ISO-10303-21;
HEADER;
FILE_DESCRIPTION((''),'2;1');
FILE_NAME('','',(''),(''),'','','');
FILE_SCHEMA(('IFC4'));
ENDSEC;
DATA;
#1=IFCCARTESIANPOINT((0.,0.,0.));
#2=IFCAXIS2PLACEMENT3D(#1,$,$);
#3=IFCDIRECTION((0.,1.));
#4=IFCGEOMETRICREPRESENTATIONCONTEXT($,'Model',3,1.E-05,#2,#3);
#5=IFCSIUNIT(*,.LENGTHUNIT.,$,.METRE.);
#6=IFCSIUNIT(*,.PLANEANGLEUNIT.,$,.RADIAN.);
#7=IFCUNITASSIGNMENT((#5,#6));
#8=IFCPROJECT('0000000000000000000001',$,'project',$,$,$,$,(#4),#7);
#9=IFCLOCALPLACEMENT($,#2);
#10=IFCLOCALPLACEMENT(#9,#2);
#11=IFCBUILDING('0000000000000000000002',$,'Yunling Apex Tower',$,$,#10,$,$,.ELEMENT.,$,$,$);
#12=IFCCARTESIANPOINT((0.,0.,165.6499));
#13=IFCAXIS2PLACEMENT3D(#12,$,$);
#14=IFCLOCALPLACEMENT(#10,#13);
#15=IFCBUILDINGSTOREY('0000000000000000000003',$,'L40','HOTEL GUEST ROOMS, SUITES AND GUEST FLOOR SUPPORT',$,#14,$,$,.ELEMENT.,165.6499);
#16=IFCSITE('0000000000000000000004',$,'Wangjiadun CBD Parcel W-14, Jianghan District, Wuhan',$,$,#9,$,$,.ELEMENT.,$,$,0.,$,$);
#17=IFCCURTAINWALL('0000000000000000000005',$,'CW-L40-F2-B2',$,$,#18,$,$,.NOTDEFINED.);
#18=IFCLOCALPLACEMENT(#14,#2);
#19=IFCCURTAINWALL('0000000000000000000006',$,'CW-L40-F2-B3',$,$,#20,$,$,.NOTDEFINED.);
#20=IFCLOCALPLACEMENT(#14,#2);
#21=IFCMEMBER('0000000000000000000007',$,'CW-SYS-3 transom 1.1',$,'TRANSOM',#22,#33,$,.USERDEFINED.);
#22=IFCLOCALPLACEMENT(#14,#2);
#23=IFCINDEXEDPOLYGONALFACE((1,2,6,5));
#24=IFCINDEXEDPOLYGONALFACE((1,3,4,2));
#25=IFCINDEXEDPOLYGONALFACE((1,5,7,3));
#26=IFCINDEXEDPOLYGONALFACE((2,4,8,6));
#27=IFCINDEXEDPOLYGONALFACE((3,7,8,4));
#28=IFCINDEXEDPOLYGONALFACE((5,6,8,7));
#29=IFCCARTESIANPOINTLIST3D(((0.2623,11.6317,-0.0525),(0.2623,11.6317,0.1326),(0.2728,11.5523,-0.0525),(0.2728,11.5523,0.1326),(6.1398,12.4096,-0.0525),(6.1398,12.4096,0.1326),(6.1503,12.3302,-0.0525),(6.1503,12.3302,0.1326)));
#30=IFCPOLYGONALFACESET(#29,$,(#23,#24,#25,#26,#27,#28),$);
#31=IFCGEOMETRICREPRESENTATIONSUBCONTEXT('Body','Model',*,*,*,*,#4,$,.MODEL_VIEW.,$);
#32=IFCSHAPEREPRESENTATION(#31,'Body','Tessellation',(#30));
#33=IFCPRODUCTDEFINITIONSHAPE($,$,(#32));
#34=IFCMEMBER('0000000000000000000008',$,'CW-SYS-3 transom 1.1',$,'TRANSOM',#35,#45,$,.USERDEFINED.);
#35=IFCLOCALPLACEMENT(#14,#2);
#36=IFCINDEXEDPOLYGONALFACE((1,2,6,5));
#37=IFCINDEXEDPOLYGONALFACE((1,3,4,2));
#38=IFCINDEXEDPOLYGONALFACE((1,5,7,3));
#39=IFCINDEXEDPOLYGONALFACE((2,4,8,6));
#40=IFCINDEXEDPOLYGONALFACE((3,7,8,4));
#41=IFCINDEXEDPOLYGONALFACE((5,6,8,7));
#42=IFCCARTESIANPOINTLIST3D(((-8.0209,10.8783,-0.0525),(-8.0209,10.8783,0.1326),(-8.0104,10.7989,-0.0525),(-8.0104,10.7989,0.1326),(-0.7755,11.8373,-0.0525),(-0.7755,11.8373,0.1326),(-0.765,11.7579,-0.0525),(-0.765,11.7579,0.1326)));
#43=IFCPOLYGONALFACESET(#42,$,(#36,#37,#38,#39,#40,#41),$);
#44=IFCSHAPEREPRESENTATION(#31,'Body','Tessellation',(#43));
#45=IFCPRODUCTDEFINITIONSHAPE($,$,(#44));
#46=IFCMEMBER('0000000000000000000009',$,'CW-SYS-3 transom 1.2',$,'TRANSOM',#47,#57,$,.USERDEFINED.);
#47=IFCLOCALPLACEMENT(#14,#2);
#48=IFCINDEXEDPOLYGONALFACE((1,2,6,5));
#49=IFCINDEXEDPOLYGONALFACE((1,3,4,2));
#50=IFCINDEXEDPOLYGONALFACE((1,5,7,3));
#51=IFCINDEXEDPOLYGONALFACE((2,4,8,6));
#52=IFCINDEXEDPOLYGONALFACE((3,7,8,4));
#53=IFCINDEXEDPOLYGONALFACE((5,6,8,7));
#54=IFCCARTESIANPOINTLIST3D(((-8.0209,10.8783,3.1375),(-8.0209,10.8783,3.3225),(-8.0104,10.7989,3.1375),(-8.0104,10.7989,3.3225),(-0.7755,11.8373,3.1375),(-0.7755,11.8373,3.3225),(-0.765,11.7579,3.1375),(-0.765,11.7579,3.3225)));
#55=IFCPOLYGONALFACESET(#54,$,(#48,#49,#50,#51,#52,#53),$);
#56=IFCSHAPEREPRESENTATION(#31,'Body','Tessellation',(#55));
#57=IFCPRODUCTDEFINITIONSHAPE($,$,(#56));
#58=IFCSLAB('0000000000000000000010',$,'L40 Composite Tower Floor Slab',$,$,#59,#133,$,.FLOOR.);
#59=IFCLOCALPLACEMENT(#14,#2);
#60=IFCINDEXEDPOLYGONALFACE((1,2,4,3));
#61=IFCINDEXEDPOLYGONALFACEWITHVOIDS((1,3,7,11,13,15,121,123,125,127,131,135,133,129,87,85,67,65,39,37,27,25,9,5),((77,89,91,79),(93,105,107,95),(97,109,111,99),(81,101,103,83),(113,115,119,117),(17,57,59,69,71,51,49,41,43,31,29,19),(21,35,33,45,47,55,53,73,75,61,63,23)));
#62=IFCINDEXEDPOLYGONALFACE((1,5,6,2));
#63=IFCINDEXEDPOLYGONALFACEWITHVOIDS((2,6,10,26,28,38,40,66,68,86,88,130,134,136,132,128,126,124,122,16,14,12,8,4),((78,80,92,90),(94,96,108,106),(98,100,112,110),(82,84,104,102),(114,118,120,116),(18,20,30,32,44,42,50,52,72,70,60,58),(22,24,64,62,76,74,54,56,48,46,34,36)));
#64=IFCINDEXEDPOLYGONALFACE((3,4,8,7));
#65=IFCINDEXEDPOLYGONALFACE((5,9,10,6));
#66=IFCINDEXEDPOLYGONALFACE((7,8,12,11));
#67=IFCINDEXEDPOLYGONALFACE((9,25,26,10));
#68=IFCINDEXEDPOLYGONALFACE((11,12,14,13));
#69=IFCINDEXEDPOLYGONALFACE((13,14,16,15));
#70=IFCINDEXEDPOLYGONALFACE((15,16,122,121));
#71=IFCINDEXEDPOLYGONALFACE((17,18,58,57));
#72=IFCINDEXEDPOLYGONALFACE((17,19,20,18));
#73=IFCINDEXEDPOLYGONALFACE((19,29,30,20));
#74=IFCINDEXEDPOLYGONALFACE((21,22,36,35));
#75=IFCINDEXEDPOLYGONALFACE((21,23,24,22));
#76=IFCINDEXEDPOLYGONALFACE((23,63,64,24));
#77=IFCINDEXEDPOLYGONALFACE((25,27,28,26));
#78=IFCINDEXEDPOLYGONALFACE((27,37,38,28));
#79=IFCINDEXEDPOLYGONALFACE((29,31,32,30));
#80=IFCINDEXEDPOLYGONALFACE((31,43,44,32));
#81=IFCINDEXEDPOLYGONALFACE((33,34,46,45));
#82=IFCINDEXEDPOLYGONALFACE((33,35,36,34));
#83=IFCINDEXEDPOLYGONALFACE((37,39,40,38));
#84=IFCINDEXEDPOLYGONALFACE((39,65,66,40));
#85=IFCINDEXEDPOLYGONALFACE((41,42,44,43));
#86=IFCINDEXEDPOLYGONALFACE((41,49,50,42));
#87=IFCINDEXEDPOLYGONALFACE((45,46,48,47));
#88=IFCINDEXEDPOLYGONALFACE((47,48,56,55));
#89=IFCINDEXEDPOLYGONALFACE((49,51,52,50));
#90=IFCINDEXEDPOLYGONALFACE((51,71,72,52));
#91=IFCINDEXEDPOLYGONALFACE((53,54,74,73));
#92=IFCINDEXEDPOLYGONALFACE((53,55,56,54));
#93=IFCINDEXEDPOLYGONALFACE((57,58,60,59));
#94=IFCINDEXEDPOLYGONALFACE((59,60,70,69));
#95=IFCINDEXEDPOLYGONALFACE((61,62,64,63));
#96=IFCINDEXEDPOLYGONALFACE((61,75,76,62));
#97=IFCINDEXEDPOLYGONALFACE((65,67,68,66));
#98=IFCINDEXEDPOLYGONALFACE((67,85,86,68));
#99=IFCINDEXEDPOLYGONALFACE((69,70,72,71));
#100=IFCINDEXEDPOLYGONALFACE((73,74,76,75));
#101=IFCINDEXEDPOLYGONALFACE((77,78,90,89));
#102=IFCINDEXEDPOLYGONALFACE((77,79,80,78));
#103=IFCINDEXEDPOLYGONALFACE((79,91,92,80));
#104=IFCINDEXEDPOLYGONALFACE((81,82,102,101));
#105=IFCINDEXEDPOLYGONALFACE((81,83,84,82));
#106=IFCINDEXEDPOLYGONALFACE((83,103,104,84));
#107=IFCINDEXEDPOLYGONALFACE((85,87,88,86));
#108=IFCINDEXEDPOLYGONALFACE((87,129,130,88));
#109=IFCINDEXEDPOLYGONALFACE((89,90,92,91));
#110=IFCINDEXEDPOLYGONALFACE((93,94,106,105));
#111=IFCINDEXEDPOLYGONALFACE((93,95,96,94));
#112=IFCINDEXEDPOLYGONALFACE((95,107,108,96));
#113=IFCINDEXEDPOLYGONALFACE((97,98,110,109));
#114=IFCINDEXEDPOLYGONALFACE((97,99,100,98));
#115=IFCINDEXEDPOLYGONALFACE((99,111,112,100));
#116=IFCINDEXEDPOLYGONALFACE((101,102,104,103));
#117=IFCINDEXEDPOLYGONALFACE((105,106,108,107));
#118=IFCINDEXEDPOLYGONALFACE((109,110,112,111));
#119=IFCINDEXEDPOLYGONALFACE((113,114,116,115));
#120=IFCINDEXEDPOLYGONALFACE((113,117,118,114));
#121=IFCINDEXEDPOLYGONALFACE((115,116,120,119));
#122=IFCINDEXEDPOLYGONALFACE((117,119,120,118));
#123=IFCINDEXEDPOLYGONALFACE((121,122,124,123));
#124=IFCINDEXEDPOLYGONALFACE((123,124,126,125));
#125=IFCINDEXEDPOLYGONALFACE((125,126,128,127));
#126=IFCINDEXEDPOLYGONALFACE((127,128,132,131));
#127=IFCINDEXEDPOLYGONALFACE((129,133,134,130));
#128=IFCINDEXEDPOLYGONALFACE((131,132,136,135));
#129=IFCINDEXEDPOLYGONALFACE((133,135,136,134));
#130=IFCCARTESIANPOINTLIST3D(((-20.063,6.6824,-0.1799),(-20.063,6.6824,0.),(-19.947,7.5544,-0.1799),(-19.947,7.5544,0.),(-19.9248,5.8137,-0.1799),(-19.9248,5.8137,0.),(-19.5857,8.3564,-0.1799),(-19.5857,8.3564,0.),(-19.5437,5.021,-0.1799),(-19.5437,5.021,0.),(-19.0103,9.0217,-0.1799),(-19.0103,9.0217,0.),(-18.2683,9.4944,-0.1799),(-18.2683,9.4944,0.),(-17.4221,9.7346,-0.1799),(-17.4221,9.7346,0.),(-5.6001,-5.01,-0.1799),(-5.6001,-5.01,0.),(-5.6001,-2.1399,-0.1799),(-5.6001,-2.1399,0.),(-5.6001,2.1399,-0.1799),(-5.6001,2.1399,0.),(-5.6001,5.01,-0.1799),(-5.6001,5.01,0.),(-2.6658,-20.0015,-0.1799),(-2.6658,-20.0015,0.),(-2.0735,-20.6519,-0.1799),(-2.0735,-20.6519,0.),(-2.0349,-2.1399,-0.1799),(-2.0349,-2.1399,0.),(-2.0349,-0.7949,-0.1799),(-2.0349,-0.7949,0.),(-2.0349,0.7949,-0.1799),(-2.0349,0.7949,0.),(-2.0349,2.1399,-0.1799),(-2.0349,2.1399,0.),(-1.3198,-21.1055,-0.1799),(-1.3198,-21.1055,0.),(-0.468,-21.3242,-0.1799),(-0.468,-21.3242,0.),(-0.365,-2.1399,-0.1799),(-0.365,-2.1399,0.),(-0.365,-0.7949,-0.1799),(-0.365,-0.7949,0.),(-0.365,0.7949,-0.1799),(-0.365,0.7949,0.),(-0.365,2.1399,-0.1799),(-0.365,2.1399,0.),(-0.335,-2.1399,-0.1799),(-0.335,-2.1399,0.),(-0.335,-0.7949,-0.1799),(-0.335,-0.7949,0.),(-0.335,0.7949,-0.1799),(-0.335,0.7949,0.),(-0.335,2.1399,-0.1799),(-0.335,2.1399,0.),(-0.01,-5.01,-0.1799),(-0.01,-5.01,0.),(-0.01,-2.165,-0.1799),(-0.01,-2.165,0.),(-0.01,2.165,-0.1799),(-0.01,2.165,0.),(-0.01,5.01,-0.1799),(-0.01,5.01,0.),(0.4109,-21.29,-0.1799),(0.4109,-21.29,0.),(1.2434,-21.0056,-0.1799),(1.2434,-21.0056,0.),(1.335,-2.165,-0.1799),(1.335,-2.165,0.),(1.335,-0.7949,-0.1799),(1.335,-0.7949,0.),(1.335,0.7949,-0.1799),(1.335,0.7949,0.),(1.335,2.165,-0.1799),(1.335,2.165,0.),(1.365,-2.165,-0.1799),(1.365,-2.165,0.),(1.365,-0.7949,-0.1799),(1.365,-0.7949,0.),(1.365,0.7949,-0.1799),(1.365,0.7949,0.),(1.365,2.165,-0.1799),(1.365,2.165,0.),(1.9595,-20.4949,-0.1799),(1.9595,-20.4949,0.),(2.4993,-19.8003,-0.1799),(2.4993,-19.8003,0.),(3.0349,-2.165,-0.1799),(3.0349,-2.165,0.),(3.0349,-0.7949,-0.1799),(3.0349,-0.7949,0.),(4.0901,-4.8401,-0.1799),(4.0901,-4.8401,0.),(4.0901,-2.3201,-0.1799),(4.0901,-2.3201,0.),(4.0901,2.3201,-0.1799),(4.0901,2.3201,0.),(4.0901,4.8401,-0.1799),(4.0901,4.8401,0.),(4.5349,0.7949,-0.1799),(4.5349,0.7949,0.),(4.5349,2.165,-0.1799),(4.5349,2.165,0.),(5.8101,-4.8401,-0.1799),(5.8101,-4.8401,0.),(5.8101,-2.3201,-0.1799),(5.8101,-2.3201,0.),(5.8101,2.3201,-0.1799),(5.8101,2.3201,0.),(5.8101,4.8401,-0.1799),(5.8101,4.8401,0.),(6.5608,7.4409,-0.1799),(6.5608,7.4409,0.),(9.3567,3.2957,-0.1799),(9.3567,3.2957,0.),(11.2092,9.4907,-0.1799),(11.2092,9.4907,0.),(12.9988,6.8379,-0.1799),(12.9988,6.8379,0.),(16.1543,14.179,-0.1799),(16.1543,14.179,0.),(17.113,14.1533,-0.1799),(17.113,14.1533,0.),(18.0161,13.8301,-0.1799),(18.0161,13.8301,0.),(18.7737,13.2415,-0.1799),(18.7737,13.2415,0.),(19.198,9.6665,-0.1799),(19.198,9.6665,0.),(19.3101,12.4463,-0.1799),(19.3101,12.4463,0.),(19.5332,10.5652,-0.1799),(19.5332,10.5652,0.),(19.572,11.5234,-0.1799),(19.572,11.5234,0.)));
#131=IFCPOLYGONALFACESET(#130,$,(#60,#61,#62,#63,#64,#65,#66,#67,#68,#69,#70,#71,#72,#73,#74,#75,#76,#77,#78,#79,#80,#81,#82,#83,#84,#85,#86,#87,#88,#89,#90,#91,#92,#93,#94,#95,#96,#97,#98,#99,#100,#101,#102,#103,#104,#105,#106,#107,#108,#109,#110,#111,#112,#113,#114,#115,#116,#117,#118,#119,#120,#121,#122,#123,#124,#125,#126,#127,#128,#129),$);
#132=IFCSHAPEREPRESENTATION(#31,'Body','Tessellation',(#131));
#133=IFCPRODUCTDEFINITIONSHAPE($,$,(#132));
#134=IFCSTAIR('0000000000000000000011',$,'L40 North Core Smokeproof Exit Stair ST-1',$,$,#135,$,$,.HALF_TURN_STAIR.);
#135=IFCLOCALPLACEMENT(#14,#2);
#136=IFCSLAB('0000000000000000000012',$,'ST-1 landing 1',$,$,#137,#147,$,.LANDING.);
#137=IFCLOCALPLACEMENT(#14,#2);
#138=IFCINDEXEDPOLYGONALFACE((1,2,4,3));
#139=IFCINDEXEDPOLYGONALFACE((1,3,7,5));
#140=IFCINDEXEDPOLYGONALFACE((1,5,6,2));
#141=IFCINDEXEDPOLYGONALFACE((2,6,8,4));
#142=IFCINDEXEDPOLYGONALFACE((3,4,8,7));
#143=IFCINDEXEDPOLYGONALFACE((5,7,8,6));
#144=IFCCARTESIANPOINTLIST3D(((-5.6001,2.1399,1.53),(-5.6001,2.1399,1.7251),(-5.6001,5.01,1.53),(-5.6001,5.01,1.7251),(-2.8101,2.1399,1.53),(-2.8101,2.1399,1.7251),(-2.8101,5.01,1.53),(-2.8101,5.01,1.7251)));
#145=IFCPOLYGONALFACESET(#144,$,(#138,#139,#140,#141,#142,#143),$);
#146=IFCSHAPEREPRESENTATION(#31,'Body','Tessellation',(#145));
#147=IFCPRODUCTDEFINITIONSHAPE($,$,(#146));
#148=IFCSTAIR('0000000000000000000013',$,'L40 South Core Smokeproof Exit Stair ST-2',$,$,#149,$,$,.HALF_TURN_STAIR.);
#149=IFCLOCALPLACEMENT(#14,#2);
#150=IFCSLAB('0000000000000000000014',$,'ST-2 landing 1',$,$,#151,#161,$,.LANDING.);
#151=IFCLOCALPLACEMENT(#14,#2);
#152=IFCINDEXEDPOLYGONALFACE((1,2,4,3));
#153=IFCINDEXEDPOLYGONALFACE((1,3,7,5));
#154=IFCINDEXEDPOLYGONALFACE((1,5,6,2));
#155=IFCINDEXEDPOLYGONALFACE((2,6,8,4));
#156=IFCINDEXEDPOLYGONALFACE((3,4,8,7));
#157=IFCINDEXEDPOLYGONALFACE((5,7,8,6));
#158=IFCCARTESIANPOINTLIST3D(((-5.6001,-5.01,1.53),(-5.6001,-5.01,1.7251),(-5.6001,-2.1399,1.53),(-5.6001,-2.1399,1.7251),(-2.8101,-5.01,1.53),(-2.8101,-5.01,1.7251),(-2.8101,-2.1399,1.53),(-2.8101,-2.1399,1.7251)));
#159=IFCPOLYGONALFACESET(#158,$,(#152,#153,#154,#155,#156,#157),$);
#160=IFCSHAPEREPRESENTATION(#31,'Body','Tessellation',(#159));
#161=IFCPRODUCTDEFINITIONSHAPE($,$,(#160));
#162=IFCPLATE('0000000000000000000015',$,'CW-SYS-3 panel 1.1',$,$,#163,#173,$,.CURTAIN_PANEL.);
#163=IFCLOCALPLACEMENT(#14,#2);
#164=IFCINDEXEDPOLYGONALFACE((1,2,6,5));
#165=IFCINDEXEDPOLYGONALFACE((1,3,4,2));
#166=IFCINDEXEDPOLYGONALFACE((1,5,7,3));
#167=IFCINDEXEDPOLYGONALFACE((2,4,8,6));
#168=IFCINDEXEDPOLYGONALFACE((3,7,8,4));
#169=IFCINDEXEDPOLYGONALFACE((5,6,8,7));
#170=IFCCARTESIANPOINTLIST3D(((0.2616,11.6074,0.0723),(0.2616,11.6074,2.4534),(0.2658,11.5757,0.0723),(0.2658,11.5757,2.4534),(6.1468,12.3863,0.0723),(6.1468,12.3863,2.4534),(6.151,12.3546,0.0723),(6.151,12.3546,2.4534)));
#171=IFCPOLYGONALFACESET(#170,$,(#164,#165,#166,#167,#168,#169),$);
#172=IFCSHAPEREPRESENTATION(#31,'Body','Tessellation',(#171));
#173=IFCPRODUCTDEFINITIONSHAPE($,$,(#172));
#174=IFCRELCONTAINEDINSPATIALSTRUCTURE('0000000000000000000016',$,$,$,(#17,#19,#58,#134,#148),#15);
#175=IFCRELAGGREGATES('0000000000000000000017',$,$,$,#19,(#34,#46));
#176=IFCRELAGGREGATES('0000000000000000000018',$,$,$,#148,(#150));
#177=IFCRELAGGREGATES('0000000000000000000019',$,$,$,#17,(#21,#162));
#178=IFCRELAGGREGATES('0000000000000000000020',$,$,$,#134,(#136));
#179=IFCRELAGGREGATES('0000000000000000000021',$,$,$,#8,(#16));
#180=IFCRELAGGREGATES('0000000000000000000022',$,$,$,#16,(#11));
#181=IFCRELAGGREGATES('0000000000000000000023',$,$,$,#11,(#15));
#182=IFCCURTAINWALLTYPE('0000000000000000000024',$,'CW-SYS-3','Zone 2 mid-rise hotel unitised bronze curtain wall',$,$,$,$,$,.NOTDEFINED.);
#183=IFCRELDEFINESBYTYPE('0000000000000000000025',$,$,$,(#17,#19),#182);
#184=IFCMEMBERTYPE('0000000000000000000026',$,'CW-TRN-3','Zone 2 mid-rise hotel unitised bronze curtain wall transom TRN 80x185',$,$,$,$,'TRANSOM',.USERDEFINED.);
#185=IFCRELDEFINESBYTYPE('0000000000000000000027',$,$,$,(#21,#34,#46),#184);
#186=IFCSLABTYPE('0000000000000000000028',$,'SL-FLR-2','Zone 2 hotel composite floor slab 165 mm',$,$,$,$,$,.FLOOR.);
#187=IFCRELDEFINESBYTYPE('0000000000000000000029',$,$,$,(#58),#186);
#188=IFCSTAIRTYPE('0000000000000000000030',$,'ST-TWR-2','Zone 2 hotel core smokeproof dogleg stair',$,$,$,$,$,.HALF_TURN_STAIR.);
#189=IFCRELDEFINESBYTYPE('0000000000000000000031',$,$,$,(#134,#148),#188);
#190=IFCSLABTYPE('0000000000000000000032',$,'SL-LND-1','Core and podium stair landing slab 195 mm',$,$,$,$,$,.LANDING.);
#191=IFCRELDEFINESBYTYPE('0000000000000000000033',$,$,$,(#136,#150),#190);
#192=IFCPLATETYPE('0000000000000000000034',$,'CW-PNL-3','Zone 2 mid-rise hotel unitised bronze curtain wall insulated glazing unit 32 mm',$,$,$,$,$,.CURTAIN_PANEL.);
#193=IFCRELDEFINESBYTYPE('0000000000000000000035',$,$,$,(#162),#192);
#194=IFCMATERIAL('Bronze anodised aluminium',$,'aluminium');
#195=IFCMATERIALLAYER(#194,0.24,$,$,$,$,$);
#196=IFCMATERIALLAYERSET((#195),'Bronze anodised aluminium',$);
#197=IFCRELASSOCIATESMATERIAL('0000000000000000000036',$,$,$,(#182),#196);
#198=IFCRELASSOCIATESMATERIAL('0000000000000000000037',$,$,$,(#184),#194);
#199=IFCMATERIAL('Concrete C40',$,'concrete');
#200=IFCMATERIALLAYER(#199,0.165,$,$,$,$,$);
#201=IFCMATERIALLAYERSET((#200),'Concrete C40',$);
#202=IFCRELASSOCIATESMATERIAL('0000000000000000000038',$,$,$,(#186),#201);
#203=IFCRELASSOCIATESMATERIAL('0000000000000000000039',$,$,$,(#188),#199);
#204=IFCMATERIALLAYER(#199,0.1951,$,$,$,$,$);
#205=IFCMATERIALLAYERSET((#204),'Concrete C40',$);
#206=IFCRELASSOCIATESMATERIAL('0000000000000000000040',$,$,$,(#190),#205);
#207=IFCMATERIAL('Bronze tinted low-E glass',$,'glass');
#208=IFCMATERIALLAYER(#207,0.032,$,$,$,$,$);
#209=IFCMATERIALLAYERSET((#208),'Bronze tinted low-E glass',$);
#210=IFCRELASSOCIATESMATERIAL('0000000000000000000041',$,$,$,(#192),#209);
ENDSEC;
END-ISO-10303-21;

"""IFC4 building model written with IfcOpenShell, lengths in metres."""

from ifc_helpers import new_model, si_unit, direction, frame, origin, origin_2d, place, context, subcontext, project, spatial, polyline, rectangle, outline, extrude, source, transform, mapped, material, layer, layer_set, material_profile, profile_set, type_object, element, aggregate, save


model = new_model("IFC4")

# Units and contexts
model_context = context("Model", 3, precision=1e-05, world=origin(), true_north=direction((0.0, 1.0)))
body_context = subcontext(model_context, "Body", "Model", "MODEL_VIEW")
ifc_project = project(units=[si_unit("LENGTHUNIT", "METRE"), si_unit("PLANEANGLEUNIT", "RADIAN")], contexts=[model_context])

# Site, building, storey
site_placement = place(None, origin())
site = spatial("IfcSite", under=ifc_project, at=site_placement, Name="Wangjiadun CBD Parcel W-14, Jianghan District, Wuhan", CompositionType="ELEMENT", RefElevation=0.0)
building_placement = place(site_placement, origin())
building = spatial("IfcBuilding", under=site, at=building_placement, Name="Yunling Apex Tower", CompositionType="ELEMENT")
storey_placement = place(building_placement, frame((0.0, 0.0, 165.6499)))
storey = spatial("IfcBuildingStorey", under=building, at=storey_placement, Name="L40", Description="HOTEL GUEST ROOMS, SUITES AND GUEST FLOOR SUPPORT", CompositionType="ELEMENT", Elevation=165.6499)

# Curtain walls
ifc_material_1 = material(Name="Bronze anodised aluminium", Category="aluminium")
ifc_layer_1 = layer(ifc_material_1, 0.24)
ifc_layer_set_1 = layer_set([ifc_layer_1], Name="Bronze anodised aluminium")
curtain_wall_type = type_object("IfcCurtainWallType", Name="CW-SYS-3", Description="Zone 2 mid-rise hotel unitised bronze curtain wall", PredefinedType="NOTDEFINED", material=ifc_layer_set_1)
curtain_wall_1_placement = place(storey_placement, origin())
curtain_wall_1 = element("IfcCurtainWall", 1, at=curtain_wall_1_placement, inside=storey, type_object=curtain_wall_type, Name="CW-L40-F2-B2", PredefinedType="NOTDEFINED")
curtain_wall_2_placement = place(storey_placement, origin())
curtain_wall_2 = element("IfcCurtainWall", 2, at=curtain_wall_2_placement, inside=storey, type_object=curtain_wall_type, Name="CW-L40-F2-B3", PredefinedType="NOTDEFINED")

# Members
ifc_material_profile_1 = material_profile(ifc_material_1, rectangle(XDim=0.0801, YDim=0.1851, at=origin_2d()))
ifc_profile_set_1 = profile_set([ifc_material_profile_1], Name="Bronze anodised aluminium")
member_type_1 = type_object("IfcMemberType", Name="CW-TRN-3", Description="Zone 2 mid-rise hotel unitised bronze curtain wall transom TRN 80x185", ElementType="TRANSOM", PredefinedType="USERDEFINED", material=ifc_profile_set_1)
shared_shape_1 = source(origin(), body_context, "Body", "SweptSolid", [
    extrude(rectangle(XDim=0.0801, YDim=0.1851, at=origin_2d()), origin(), (0.0, 0.0, 1.0), 5.9287),
])
member_1_placement = place(storey_placement, frame((6.145, 12.3699, 0.04), z_axis=(-0.991356, -0.131198, 0.0), x_axis=(0.131198, -0.991356, 0.0)))
member_1 = element("IfcMember", 3, at=member_1_placement, type_object=member_type_1, Name="CW-SYS-3 transom 1.1", ObjectType="TRANSOM", PredefinedType="USERDEFINED", context=body_context, shape_type="MappedRepresentation", body=[
    mapped(shared_shape_1, transform((0.0, 0.0, 0.0), scale=1.0)),
])
shared_shape_2 = source(origin(), body_context, "Body", "SweptSolid", [
    extrude(rectangle(XDim=0.0801, YDim=0.1851, at=origin_2d()), origin(), (0.0, 0.0, 1.0), 7.3086),
])
member_2_placement = place(storey_placement, frame((-0.7703, 11.7976, 0.04), z_axis=(-0.991354, -0.131214, 0.0), x_axis=(0.131214, -0.991354, 0.0)))
member_2 = element("IfcMember", 4, at=member_2_placement, type_object=member_type_1, Name="CW-SYS-3 transom 1.1", ObjectType="TRANSOM", PredefinedType="USERDEFINED", context=body_context, shape_type="MappedRepresentation", body=[
    mapped(shared_shape_2, transform((0.0, 0.0, 0.0), scale=1.0)),
])
member_3_placement = place(storey_placement, frame((-0.7703, 11.7976, 3.23), z_axis=(-0.991354, -0.131214, 0.0), x_axis=(0.131214, -0.991354, 0.0)))
member_3 = element("IfcMember", 5, at=member_3_placement, type_object=member_type_1, Name="CW-SYS-3 transom 1.2", ObjectType="TRANSOM", PredefinedType="USERDEFINED", context=body_context, shape_type="MappedRepresentation", body=[
    mapped(shared_shape_2, transform((0.0, 0.0, 0.0), scale=1.0)),
])
aggregate(curtain_wall_2, [member_2, member_3])

# Slab
ifc_material_2 = material(Name="Concrete C40", Category="concrete")
ifc_layer_2 = layer(ifc_material_2, 0.165)
ifc_layer_set_2 = layer_set([ifc_layer_2], Name="Concrete C40")
slab_type_1 = type_object("IfcSlabType", Name="SL-FLR-2", Description="Zone 2 hotel composite floor slab 165 mm", PredefinedType="FLOOR", material=ifc_layer_set_2)
slab_1_placement = place(storey_placement, frame((0.0, 0.0, -0.1799)))
element("IfcSlab", 6, at=slab_1_placement, inside=storey, type_object=slab_type_1, Name="L40 Composite Tower Floor Slab", PredefinedType="FLOOR", context=body_context, shape_type="SweptSolid", body=[
    extrude(outline(polyline([(-2.6658, -20.0015), (-2.0735, -20.6519), (-1.3198, -21.1055), (-0.468, -21.3242), (0.4109, -21.29), (1.2434, -21.0056), (1.9595, -20.4949), (2.4993, -19.8003), (19.198, 9.6665), (19.5332, 10.5652), (19.572, 11.5234), (19.3101, 12.4463), (18.7737, 13.2415), (18.0161, 13.8301), (17.113, 14.1533), (16.1543, 14.179), (-17.4221, 9.7346), (-18.2683, 9.4944), (-19.0103, 9.0217), (-19.5857, 8.3564), (-19.947, 7.5544), (-20.063, 6.6824), (-19.9248, 5.8137), (-19.5437, 5.021), (-2.6658, -20.0015)]), holes=[polyline([(11.2092, 9.4907), (12.9988, 6.8379), (9.3567, 3.2957), (6.5608, 7.4409), (11.2092, 9.4907)]), polyline([(4.0901, -2.3201), (5.8101, -2.3201), (5.8101, -4.8401), (4.0901, -4.8401), (4.0901, -2.3201)]), polyline([(5.8101, 4.8401), (5.8101, 2.3201), (4.0901, 2.3201), (4.0901, 4.8401), (5.8101, 4.8401)]), polyline([(1.365, 2.165), (4.5349, 2.165), (4.5349, 0.7949), (1.365, 0.7949), (1.365, 2.165)]), polyline([(3.0349, -0.7949), (3.0349, -2.165), (1.365, -2.165), (1.365, -0.7949), (3.0349, -0.7949)]), polyline([(-2.0349, -0.7949), (-0.365, -0.7949), (-0.365, -2.1399), (-0.335, -2.1399), (-0.335, -0.7949), (1.335, -0.7949), (1.335, -2.165), (-0.01, -2.165), (-0.01, -5.01), (-5.6001, -5.01), (-5.6001, -2.1399), (-2.0349, -2.1399), (-2.0349, -0.7949)]), polyline([(-5.6001, 2.1399), (-5.6001, 5.01), (-0.01, 5.01), (-0.01, 2.165), (1.335, 2.165), (1.335, 0.7949), (-0.335, 0.7949), (-0.335, 2.1399), (-0.365, 2.1399), (-0.365, 0.7949), (-2.0349, 0.7949), (-2.0349, 2.1399), (-5.6001, 2.1399)])]), origin(), (0.0, 0.0, 1.0), 0.1799),
])

# Stairs, slabs
stair_type = type_object("IfcStairType", Name="ST-TWR-2", Description="Zone 2 hotel core smokeproof dogleg stair", PredefinedType="HALF_TURN_STAIR", material=ifc_material_2)
stair_1_placement = place(storey_placement, origin())
stair_1 = element("IfcStair", 7, at=stair_1_placement, inside=storey, type_object=stair_type, Name="L40 North Core Smokeproof Exit Stair ST-1", PredefinedType="HALF_TURN_STAIR")
ifc_layer_3 = layer(ifc_material_2, 0.1951)
ifc_layer_set_3 = layer_set([ifc_layer_3], Name="Concrete C40")
slab_type_2 = type_object("IfcSlabType", Name="SL-LND-1", Description="Core and podium stair landing slab 195 mm", PredefinedType="LANDING", material=ifc_layer_set_3)
slab_2_placement = place(storey_placement, frame((0.0, 0.0, 1.53)))
slab_2 = element("IfcSlab", 8, at=slab_2_placement, type_object=slab_type_2, Name="ST-1 landing 1", PredefinedType="LANDING", context=body_context, shape_type="SweptSolid", body=[
    extrude(outline(polyline([(-2.8101, 5.01), (-5.6001, 5.01), (-5.6001, 2.1399), (-2.8101, 2.1399), (-2.8101, 5.01)])), origin(), (0.0, 0.0, 1.0), 0.1951),
])
stair_2_placement = place(storey_placement, origin())
stair_2 = element("IfcStair", 9, at=stair_2_placement, inside=storey, type_object=stair_type, Name="L40 South Core Smokeproof Exit Stair ST-2", PredefinedType="HALF_TURN_STAIR")
slab_3_placement = place(storey_placement, frame((0.0, 0.0, 1.53)))
slab_3 = element("IfcSlab", 10, at=slab_3_placement, type_object=slab_type_2, Name="ST-2 landing 1", PredefinedType="LANDING", context=body_context, shape_type="SweptSolid", body=[
    extrude(outline(polyline([(-2.8101, -2.1399), (-5.6001, -2.1399), (-5.6001, -5.01), (-2.8101, -5.01), (-2.8101, -2.1399)])), origin(), (0.0, 0.0, 1.0), 0.1951),
])
aggregate(stair_2, [slab_3])

# Plate
ifc_material_3 = material(Name="Bronze tinted low-E glass", Category="glass")
ifc_layer_4 = layer(ifc_material_3, 0.032)
ifc_layer_set_4 = layer_set([ifc_layer_4], Name="Bronze tinted low-E glass")
plate_type = type_object("IfcPlateType", Name="CW-PNL-3", Description="Zone 2 mid-rise hotel unitised bronze curtain wall insulated glazing unit 32 mm", PredefinedType="CURTAIN_PANEL", material=ifc_layer_set_4)
shared_shape_3 = source(origin(), body_context, "Body", "SweptSolid", [
    extrude(rectangle(XDim=5.9365, YDim=0.032, at=origin_2d()), origin(), (0.0, 0.0, 1.0), 2.3811),
])
plate_1_placement = place(storey_placement, frame((3.2063, 11.981, 0.0723), z_axis=(0.0, 0.0, 1.0), x_axis=(-0.991355, -0.131205, 0.0)))
plate_1 = element("IfcPlate", 11, at=plate_1_placement, type_object=plate_type, Name="CW-SYS-3 panel 1.1", PredefinedType="CURTAIN_PANEL", context=body_context, shape_type="MappedRepresentation", body=[
    mapped(shared_shape_3, transform((0.0, 0.0, 0.0), scale=1.0)),
])
aggregate(curtain_wall_1, [member_1, plate_1])

aggregate(stair_1, [slab_2])

save(model, "model.ifc")
